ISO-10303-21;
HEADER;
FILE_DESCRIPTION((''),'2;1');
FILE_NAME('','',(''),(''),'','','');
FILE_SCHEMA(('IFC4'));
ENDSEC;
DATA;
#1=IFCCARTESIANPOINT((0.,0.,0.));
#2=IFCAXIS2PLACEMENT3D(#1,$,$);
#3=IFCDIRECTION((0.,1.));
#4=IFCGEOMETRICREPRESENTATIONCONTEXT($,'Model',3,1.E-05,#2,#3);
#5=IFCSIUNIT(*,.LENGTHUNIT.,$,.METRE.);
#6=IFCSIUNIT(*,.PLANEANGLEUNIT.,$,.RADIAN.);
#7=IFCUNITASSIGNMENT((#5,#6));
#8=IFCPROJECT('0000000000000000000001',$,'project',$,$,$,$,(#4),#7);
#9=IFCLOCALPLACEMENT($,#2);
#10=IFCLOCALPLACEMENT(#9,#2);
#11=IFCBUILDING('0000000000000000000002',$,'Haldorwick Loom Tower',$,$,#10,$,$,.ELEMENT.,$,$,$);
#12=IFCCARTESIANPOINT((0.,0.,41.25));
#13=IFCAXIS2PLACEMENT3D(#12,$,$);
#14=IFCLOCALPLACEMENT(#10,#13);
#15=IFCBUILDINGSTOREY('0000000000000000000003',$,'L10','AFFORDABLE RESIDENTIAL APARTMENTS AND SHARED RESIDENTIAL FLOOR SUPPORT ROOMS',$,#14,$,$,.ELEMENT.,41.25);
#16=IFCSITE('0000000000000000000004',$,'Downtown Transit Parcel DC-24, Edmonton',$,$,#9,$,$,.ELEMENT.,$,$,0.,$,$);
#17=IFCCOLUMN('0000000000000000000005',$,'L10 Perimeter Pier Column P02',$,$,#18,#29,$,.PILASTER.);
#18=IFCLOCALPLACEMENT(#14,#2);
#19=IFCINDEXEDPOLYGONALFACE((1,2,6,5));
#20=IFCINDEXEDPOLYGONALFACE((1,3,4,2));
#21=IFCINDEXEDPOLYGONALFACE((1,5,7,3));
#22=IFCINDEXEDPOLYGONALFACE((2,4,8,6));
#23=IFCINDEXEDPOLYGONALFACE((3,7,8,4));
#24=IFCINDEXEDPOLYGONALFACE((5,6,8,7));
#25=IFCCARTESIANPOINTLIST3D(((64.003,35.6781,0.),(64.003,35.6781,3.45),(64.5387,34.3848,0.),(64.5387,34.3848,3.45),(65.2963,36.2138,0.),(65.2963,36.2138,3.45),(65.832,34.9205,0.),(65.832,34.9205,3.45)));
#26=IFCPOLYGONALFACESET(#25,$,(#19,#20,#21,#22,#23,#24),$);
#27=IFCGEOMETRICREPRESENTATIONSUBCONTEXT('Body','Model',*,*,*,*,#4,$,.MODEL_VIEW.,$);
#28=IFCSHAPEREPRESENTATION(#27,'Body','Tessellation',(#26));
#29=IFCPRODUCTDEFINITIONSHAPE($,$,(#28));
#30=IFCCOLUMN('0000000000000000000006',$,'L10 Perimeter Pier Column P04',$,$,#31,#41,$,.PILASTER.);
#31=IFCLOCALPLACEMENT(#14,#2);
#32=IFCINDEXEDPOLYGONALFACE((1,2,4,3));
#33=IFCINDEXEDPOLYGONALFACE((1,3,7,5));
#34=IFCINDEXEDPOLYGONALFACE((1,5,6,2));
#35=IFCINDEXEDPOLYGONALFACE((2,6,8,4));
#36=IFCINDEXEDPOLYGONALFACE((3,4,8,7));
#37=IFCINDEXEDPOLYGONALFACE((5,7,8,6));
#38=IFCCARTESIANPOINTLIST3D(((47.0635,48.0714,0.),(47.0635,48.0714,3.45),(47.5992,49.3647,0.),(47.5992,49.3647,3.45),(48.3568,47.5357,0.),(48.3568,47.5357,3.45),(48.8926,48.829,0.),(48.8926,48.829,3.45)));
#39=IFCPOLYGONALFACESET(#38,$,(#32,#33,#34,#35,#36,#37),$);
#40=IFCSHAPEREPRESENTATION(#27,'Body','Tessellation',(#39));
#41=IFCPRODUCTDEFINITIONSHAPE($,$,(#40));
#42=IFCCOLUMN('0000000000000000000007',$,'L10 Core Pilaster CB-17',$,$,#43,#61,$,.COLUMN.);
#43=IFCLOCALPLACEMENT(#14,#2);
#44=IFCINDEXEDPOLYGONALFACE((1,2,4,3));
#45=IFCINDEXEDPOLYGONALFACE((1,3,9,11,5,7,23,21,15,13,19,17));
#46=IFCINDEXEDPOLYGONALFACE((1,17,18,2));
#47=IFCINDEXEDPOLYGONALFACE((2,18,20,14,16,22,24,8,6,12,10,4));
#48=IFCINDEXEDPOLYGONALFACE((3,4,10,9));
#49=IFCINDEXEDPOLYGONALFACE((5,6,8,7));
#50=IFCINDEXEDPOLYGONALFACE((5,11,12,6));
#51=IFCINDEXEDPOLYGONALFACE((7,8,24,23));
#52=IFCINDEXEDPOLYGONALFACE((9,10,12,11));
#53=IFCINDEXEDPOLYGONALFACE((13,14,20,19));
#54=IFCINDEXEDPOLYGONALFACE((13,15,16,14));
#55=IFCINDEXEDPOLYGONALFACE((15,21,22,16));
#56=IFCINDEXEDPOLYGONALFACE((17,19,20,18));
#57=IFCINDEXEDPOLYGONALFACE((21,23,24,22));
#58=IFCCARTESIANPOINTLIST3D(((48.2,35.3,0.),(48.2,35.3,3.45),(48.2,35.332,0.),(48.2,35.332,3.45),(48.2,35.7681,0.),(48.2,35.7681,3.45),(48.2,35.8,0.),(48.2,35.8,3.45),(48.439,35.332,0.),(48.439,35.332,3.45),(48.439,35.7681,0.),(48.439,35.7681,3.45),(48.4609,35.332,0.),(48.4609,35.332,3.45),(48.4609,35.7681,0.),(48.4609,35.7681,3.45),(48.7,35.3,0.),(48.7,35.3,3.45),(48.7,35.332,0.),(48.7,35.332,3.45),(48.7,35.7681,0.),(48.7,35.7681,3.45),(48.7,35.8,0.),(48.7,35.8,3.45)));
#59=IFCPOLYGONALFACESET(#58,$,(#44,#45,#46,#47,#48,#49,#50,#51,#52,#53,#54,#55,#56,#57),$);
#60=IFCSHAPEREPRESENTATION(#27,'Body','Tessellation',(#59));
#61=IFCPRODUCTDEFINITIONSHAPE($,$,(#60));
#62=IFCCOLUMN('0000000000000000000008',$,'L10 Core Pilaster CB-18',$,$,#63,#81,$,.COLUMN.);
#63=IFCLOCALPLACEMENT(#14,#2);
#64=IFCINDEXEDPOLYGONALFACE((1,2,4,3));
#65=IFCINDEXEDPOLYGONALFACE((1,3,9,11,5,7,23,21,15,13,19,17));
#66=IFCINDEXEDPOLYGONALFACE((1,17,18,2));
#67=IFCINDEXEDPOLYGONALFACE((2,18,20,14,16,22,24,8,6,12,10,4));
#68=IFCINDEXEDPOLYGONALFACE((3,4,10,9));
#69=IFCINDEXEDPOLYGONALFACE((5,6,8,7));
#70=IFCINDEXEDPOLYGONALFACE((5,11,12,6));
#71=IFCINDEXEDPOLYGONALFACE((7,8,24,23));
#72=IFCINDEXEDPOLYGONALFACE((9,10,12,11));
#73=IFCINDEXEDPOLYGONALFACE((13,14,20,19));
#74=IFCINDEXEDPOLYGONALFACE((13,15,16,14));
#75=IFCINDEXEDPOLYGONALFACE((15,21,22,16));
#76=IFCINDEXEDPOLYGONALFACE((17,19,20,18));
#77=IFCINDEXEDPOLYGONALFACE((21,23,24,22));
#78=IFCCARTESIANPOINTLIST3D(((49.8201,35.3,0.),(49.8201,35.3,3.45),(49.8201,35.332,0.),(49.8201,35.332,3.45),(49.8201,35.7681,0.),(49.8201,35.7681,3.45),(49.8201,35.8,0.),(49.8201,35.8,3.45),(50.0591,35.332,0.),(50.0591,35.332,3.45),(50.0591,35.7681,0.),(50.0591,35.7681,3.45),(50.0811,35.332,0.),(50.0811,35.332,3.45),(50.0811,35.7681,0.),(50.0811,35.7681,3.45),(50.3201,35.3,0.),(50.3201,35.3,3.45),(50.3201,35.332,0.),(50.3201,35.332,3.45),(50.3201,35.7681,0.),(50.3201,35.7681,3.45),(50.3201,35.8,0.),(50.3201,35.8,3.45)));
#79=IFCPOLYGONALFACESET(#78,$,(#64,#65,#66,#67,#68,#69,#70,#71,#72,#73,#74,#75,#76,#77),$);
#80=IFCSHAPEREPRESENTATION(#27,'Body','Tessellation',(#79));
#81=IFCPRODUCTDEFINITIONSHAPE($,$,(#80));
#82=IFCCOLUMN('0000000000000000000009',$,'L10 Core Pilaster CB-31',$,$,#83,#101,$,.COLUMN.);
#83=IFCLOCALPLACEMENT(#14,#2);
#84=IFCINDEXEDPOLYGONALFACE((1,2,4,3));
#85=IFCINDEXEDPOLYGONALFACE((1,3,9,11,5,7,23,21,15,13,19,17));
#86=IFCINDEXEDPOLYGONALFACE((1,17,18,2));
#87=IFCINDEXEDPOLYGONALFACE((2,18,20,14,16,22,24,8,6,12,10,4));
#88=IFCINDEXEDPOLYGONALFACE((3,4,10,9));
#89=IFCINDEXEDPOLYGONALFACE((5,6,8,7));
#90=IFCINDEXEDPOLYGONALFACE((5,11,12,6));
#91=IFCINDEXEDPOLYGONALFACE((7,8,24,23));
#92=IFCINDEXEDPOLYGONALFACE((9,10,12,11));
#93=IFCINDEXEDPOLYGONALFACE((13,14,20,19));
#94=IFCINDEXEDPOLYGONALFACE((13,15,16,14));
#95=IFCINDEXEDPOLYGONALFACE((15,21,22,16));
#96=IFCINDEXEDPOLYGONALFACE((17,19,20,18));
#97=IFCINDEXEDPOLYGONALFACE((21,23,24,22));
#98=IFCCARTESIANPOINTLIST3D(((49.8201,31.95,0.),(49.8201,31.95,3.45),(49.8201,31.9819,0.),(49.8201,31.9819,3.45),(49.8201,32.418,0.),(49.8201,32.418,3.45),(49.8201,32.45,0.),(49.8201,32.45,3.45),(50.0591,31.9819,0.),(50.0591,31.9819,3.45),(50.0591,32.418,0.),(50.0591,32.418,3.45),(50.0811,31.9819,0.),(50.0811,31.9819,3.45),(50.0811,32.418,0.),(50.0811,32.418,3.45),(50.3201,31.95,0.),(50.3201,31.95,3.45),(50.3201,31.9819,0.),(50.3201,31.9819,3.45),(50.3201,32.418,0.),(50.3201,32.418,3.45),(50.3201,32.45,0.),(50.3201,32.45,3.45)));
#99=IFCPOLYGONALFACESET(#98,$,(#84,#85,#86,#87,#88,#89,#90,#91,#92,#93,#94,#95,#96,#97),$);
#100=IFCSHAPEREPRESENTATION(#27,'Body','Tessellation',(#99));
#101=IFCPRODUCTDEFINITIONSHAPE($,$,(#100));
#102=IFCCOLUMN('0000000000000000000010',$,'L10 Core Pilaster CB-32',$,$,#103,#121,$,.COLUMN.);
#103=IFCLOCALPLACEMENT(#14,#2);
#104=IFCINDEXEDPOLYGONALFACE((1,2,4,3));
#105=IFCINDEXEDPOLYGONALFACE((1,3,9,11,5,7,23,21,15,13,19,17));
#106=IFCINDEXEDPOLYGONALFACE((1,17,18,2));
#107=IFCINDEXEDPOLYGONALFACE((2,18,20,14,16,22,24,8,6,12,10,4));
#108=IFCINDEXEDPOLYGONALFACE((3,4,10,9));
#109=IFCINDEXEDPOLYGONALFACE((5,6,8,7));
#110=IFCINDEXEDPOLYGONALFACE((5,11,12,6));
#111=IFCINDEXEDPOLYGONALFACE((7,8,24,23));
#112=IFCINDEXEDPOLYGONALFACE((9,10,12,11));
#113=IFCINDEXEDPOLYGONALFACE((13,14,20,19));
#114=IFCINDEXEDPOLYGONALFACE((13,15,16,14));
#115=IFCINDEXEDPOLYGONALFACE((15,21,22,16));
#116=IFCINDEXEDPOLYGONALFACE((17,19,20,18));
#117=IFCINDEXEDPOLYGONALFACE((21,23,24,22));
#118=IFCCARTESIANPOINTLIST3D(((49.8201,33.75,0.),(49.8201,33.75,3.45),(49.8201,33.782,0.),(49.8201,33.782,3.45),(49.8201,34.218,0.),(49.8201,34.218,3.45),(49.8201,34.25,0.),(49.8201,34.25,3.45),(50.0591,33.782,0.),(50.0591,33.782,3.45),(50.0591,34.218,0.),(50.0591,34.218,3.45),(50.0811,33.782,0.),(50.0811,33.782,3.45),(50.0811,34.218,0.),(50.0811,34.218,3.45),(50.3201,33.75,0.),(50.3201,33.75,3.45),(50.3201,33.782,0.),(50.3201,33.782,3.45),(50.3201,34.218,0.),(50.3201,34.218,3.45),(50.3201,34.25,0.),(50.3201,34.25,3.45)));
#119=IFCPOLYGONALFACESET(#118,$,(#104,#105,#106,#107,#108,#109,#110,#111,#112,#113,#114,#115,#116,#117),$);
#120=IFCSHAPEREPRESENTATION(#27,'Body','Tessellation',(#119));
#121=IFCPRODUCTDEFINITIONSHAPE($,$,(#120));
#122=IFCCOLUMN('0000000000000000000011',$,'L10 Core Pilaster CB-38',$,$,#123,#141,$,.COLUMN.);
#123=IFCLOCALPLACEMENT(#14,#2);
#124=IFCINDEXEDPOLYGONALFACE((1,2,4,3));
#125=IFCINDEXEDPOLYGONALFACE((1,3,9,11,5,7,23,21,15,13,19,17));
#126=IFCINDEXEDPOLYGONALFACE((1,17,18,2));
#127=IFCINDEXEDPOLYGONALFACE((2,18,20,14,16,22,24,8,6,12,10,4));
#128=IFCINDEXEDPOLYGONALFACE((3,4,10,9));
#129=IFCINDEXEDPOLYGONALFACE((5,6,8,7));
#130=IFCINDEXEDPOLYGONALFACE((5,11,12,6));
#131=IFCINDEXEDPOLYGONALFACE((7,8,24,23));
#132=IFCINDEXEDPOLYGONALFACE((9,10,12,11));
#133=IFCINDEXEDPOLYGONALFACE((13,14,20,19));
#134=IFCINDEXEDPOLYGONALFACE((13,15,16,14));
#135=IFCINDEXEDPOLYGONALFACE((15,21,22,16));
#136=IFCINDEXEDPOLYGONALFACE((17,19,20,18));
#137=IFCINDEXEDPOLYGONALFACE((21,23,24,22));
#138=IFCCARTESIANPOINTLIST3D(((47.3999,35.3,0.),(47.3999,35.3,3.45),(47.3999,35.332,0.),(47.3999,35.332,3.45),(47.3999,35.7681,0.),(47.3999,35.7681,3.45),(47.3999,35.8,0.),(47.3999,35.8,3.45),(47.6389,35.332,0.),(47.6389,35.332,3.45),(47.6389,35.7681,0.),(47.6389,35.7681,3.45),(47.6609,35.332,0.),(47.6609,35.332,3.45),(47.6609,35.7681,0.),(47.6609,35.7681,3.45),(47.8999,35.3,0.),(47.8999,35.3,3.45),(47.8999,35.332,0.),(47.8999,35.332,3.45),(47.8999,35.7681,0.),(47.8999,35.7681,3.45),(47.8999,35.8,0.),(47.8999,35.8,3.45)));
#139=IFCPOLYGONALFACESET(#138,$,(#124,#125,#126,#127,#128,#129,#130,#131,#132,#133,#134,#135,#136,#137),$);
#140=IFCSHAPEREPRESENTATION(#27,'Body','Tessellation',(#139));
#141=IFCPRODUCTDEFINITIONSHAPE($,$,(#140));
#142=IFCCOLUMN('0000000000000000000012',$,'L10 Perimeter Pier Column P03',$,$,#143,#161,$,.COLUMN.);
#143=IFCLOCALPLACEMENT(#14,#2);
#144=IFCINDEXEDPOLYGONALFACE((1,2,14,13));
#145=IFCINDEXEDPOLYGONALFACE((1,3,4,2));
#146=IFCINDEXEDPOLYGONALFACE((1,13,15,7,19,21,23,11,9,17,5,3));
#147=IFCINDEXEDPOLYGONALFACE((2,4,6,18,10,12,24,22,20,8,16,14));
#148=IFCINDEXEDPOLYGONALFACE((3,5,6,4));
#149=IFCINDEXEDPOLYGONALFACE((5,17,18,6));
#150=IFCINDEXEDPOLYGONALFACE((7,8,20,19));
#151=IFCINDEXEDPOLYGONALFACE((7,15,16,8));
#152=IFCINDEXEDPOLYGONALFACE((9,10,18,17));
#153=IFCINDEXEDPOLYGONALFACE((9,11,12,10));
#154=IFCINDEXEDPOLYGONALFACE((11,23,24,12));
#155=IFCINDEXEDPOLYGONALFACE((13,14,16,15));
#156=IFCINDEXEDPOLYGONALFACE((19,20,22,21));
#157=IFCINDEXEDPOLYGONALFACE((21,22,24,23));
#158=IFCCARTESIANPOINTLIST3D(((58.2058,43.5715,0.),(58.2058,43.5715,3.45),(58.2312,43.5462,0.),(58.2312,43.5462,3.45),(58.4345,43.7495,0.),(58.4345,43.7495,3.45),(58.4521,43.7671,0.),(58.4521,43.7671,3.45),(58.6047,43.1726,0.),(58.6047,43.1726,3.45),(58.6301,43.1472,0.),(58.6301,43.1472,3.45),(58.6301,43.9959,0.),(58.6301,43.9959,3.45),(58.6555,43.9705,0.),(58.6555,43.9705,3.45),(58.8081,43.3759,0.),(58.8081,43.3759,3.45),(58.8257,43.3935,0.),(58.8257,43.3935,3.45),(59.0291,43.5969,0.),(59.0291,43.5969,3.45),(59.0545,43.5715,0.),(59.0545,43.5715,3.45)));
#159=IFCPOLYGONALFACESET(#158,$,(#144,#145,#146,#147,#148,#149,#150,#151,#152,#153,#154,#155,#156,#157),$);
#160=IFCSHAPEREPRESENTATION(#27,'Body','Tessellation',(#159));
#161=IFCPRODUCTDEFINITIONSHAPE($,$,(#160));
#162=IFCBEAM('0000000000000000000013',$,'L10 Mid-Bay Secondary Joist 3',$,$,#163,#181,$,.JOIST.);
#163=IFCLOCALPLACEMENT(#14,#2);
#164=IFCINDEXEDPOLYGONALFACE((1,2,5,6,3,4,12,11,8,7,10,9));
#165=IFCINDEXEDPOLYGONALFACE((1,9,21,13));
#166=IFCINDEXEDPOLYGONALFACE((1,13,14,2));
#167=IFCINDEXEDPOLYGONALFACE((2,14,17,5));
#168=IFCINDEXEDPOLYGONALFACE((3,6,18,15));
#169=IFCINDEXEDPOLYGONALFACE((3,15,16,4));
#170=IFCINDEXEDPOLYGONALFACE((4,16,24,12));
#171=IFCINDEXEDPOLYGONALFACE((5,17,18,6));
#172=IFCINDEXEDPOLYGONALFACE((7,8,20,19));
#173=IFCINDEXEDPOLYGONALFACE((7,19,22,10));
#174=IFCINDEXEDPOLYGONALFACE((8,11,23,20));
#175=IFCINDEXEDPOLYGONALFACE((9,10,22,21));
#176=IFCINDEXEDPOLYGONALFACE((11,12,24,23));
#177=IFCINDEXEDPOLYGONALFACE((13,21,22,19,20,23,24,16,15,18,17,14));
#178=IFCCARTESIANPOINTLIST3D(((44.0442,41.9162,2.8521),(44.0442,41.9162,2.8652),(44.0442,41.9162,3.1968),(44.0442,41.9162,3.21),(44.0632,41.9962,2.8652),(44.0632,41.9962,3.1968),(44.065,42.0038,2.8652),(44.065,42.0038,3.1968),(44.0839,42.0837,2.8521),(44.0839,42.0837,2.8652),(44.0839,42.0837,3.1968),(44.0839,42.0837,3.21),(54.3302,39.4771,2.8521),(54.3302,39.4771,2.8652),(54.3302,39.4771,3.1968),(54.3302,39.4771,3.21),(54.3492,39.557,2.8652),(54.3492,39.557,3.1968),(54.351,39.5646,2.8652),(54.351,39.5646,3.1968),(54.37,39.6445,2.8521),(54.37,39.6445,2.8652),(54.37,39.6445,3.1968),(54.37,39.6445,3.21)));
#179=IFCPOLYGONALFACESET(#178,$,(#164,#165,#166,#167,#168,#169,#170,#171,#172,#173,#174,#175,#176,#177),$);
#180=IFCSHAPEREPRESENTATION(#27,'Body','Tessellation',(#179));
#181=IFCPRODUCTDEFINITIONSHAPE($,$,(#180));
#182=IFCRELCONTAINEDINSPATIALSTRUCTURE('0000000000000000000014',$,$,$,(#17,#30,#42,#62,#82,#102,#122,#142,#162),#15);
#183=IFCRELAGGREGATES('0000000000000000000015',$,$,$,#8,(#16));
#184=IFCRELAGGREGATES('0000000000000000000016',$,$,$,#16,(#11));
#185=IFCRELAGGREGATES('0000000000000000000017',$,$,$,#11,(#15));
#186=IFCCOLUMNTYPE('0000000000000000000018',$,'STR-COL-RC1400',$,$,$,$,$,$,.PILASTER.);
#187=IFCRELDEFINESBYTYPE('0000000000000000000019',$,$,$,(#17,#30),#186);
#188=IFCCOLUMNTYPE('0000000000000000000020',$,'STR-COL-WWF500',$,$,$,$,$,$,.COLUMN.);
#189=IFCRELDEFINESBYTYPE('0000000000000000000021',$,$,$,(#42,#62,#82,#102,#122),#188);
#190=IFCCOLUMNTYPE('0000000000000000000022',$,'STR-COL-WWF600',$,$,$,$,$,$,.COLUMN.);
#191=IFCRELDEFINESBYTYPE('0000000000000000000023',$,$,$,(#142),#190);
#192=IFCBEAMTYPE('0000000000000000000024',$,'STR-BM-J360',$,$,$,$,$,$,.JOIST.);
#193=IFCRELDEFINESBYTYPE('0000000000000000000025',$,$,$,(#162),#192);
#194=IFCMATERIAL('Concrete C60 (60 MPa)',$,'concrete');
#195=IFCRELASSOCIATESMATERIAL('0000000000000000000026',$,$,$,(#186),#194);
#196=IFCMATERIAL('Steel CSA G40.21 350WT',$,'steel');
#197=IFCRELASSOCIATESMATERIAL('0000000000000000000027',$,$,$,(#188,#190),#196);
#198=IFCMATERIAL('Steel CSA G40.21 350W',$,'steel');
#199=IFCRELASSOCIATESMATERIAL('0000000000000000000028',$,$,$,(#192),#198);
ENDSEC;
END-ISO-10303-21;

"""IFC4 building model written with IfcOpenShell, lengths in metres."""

from ifc_helpers import new_model, si_unit, direction, frame, origin, origin_2d, place, context, subcontext, project, spatial, rectangle, i_section, extrude, material, material_profile, profile_set, type_object, element, save


model = new_model("IFC4")

# Units and contexts
model_context = context("Model", 3, precision=1e-05, world=origin(), true_north=direction((0.0, 1.0)))
body_context = subcontext(model_context, "Body", "Model", "MODEL_VIEW")
ifc_project = project(units=[si_unit("LENGTHUNIT", "METRE"), si_unit("PLANEANGLEUNIT", "RADIAN")], contexts=[model_context])

# Site, building, storey
site_placement = place(None, origin())
site = spatial("IfcSite", under=ifc_project, at=site_placement, Name="Downtown Transit Parcel DC-24, Edmonton", CompositionType="ELEMENT", RefElevation=0.0)
building_placement = place(site_placement, origin())
building = spatial("IfcBuilding", under=site, at=building_placement, Name="Haldorwick Loom Tower", CompositionType="ELEMENT")
storey_placement = place(building_placement, frame((0.0, 0.0, 41.25)))
storey = spatial("IfcBuildingStorey", under=building, at=storey_placement, Name="L10", Description="AFFORDABLE RESIDENTIAL APARTMENTS AND SHARED RESIDENTIAL FLOOR SUPPORT ROOMS", CompositionType="ELEMENT", Elevation=41.25)

# Columns
ifc_material_1 = material(Name="Concrete C60 (60 MPa)", Category="concrete")
ifc_material_profile_1 = material_profile(ifc_material_1, rectangle(XDim=1.3999, YDim=1.3999, at=origin_2d()), Name="RC1400X1400", Category="concrete")
ifc_profile_set_1 = profile_set([ifc_material_profile_1], Name="Concrete C60 (60 MPa)")
column_type_1 = type_object("IfcColumnType", Name="STR-COL-RC1400", PredefinedType="PILASTER", material=ifc_profile_set_1)
for number, where, z_axis, x_axis, name in (
    (1, (64.9175, 35.2993, 0.0), (0.0, 0.0, 1.0), (0.92388, 0.382683, 0.0), "L10 Perimeter Pier Column P02"),
    (2, (47.978, 48.4502, 0.0), (0.0, 0.0, 1.0), (0.382683, 0.92388, 0.0), "L10 Perimeter Pier Column P04"),
):
    element("IfcColumn", number, at=place(storey_placement, frame(where, z_axis=z_axis, x_axis=x_axis)), inside=storey, type_object=column_type_1, Name=name, PredefinedType="PILASTER", context=body_context, shape_type="SweptSolid", body=[
        extrude(rectangle(XDim=1.3999, YDim=1.3999, at=origin_2d()), origin(), (0.0, 0.0, 1.0), 3.45),
    ])
ifc_material_2 = material(Name="Steel CSA G40.21 350WT", Category="steel")
ifc_material_profile_2 = material_profile(ifc_material_2, i_section(OverallWidth=0.5, OverallDepth=0.5, WebThickness=0.022, FlangeThickness=0.032, at=origin_2d()), Name="WWF500X500", Category="steel")
ifc_profile_set_2 = profile_set([ifc_material_profile_2], Name="Steel CSA G40.21 350WT")
column_type_2 = type_object("IfcColumnType", Name="STR-COL-WWF500", PredefinedType="COLUMN", material=ifc_profile_set_2)
for number, where, z_axis, x_axis, name in (
    (3, (48.45, 35.55, 0.0), (0.0, 0.0, 1.0), (1.0, 0.0, 0.0), "L10 Core Pilaster CB-17"),
    (4, (50.0701, 35.55, 0.0), (0.0, 0.0, 1.0), (1.0, 0.0, 0.0), "L10 Core Pilaster CB-18"),
    (5, (50.0701, 32.2, 0.0), (0.0, 0.0, 1.0), (1.0, 0.0, 0.0), "L10 Core Pilaster CB-31"),
    (6, (50.0701, 34.0, 0.0), (0.0, 0.0, 1.0), (1.0, 0.0, 0.0), "L10 Core Pilaster CB-32"),
    (7, (47.6499, 35.55, 0.0), (0.0, 0.0, 1.0), (1.0, 0.0, 0.0), "L10 Core Pilaster CB-38"),
):
    element("IfcColumn", number, at=place(storey_placement, frame(where, z_axis=z_axis, x_axis=x_axis)), inside=storey, type_object=column_type_2, Name=name, PredefinedType="COLUMN", context=body_context, shape_type="SweptSolid", body=[
        extrude(i_section(OverallWidth=0.5, OverallDepth=0.5, WebThickness=0.022, FlangeThickness=0.032, at=origin_2d()), origin(), (0.0, 0.0, 1.0), 3.45),
    ])
ifc_material_profile_3 = material_profile(ifc_material_2, i_section(OverallWidth=0.6001, OverallDepth=0.6001, WebThickness=0.0249, FlangeThickness=0.0359, at=origin_2d()), Name="WWF600X600", Category="steel")
ifc_profile_set_3 = profile_set([ifc_material_profile_3], Name="Steel CSA G40.21 350WT")
column_type_3 = type_object("IfcColumnType", Name="STR-COL-WWF600", PredefinedType="COLUMN", material=ifc_profile_set_3)
column_placement = place(storey_placement, frame((58.6301, 43.5715, 0.0), z_axis=(0.0, 0.0, 1.0), x_axis=(0.707107, 0.707107, 0.0)))
element("IfcColumn", 8, at=column_placement, inside=storey, type_object=column_type_3, Name="L10 Perimeter Pier Column P03", PredefinedType="COLUMN", context=body_context, shape_type="SweptSolid", body=[
    extrude(i_section(OverallWidth=0.6001, OverallDepth=0.6001, WebThickness=0.0249, FlangeThickness=0.0359, at=origin_2d()), origin(), (0.0, 0.0, 1.0), 3.45),
])

# Beam
ifc_material_3 = material(Name="Steel CSA G40.21 350W", Category="steel")
ifc_material_profile_4 = material_profile(ifc_material_3, i_section(OverallWidth=0.1721, OverallDepth=0.3579, WebThickness=0.0078, FlangeThickness=0.0132, at=origin_2d()), Name="W360X57", Category="steel")
ifc_profile_set_4 = profile_set([ifc_material_profile_4], Name="Steel CSA G40.21 350W")
beam_type_1 = type_object("IfcBeamType", Name="STR-BM-J360", PredefinedType="JOIST", material=ifc_profile_set_4)
beam_1_placement = place(storey_placement, frame((54.3501, 39.5608, 3.031), z_axis=(-0.973016, 0.230737, 0.0), x_axis=(-0.230737, -0.973016, 0.0)))
element("IfcBeam", 9, at=beam_1_placement, inside=storey, type_object=beam_type_1, Name="L10 Mid-Bay Secondary Joist 3", PredefinedType="JOIST", context=body_context, shape_type="SweptSolid", body=[
    extrude(i_section(OverallWidth=0.1721, OverallDepth=0.3579, WebThickness=0.0078, FlangeThickness=0.0132, at=origin_2d()), origin(), (0.0, 0.0, 1.0), 10.5713),
])

save(model, "model.ifc")
